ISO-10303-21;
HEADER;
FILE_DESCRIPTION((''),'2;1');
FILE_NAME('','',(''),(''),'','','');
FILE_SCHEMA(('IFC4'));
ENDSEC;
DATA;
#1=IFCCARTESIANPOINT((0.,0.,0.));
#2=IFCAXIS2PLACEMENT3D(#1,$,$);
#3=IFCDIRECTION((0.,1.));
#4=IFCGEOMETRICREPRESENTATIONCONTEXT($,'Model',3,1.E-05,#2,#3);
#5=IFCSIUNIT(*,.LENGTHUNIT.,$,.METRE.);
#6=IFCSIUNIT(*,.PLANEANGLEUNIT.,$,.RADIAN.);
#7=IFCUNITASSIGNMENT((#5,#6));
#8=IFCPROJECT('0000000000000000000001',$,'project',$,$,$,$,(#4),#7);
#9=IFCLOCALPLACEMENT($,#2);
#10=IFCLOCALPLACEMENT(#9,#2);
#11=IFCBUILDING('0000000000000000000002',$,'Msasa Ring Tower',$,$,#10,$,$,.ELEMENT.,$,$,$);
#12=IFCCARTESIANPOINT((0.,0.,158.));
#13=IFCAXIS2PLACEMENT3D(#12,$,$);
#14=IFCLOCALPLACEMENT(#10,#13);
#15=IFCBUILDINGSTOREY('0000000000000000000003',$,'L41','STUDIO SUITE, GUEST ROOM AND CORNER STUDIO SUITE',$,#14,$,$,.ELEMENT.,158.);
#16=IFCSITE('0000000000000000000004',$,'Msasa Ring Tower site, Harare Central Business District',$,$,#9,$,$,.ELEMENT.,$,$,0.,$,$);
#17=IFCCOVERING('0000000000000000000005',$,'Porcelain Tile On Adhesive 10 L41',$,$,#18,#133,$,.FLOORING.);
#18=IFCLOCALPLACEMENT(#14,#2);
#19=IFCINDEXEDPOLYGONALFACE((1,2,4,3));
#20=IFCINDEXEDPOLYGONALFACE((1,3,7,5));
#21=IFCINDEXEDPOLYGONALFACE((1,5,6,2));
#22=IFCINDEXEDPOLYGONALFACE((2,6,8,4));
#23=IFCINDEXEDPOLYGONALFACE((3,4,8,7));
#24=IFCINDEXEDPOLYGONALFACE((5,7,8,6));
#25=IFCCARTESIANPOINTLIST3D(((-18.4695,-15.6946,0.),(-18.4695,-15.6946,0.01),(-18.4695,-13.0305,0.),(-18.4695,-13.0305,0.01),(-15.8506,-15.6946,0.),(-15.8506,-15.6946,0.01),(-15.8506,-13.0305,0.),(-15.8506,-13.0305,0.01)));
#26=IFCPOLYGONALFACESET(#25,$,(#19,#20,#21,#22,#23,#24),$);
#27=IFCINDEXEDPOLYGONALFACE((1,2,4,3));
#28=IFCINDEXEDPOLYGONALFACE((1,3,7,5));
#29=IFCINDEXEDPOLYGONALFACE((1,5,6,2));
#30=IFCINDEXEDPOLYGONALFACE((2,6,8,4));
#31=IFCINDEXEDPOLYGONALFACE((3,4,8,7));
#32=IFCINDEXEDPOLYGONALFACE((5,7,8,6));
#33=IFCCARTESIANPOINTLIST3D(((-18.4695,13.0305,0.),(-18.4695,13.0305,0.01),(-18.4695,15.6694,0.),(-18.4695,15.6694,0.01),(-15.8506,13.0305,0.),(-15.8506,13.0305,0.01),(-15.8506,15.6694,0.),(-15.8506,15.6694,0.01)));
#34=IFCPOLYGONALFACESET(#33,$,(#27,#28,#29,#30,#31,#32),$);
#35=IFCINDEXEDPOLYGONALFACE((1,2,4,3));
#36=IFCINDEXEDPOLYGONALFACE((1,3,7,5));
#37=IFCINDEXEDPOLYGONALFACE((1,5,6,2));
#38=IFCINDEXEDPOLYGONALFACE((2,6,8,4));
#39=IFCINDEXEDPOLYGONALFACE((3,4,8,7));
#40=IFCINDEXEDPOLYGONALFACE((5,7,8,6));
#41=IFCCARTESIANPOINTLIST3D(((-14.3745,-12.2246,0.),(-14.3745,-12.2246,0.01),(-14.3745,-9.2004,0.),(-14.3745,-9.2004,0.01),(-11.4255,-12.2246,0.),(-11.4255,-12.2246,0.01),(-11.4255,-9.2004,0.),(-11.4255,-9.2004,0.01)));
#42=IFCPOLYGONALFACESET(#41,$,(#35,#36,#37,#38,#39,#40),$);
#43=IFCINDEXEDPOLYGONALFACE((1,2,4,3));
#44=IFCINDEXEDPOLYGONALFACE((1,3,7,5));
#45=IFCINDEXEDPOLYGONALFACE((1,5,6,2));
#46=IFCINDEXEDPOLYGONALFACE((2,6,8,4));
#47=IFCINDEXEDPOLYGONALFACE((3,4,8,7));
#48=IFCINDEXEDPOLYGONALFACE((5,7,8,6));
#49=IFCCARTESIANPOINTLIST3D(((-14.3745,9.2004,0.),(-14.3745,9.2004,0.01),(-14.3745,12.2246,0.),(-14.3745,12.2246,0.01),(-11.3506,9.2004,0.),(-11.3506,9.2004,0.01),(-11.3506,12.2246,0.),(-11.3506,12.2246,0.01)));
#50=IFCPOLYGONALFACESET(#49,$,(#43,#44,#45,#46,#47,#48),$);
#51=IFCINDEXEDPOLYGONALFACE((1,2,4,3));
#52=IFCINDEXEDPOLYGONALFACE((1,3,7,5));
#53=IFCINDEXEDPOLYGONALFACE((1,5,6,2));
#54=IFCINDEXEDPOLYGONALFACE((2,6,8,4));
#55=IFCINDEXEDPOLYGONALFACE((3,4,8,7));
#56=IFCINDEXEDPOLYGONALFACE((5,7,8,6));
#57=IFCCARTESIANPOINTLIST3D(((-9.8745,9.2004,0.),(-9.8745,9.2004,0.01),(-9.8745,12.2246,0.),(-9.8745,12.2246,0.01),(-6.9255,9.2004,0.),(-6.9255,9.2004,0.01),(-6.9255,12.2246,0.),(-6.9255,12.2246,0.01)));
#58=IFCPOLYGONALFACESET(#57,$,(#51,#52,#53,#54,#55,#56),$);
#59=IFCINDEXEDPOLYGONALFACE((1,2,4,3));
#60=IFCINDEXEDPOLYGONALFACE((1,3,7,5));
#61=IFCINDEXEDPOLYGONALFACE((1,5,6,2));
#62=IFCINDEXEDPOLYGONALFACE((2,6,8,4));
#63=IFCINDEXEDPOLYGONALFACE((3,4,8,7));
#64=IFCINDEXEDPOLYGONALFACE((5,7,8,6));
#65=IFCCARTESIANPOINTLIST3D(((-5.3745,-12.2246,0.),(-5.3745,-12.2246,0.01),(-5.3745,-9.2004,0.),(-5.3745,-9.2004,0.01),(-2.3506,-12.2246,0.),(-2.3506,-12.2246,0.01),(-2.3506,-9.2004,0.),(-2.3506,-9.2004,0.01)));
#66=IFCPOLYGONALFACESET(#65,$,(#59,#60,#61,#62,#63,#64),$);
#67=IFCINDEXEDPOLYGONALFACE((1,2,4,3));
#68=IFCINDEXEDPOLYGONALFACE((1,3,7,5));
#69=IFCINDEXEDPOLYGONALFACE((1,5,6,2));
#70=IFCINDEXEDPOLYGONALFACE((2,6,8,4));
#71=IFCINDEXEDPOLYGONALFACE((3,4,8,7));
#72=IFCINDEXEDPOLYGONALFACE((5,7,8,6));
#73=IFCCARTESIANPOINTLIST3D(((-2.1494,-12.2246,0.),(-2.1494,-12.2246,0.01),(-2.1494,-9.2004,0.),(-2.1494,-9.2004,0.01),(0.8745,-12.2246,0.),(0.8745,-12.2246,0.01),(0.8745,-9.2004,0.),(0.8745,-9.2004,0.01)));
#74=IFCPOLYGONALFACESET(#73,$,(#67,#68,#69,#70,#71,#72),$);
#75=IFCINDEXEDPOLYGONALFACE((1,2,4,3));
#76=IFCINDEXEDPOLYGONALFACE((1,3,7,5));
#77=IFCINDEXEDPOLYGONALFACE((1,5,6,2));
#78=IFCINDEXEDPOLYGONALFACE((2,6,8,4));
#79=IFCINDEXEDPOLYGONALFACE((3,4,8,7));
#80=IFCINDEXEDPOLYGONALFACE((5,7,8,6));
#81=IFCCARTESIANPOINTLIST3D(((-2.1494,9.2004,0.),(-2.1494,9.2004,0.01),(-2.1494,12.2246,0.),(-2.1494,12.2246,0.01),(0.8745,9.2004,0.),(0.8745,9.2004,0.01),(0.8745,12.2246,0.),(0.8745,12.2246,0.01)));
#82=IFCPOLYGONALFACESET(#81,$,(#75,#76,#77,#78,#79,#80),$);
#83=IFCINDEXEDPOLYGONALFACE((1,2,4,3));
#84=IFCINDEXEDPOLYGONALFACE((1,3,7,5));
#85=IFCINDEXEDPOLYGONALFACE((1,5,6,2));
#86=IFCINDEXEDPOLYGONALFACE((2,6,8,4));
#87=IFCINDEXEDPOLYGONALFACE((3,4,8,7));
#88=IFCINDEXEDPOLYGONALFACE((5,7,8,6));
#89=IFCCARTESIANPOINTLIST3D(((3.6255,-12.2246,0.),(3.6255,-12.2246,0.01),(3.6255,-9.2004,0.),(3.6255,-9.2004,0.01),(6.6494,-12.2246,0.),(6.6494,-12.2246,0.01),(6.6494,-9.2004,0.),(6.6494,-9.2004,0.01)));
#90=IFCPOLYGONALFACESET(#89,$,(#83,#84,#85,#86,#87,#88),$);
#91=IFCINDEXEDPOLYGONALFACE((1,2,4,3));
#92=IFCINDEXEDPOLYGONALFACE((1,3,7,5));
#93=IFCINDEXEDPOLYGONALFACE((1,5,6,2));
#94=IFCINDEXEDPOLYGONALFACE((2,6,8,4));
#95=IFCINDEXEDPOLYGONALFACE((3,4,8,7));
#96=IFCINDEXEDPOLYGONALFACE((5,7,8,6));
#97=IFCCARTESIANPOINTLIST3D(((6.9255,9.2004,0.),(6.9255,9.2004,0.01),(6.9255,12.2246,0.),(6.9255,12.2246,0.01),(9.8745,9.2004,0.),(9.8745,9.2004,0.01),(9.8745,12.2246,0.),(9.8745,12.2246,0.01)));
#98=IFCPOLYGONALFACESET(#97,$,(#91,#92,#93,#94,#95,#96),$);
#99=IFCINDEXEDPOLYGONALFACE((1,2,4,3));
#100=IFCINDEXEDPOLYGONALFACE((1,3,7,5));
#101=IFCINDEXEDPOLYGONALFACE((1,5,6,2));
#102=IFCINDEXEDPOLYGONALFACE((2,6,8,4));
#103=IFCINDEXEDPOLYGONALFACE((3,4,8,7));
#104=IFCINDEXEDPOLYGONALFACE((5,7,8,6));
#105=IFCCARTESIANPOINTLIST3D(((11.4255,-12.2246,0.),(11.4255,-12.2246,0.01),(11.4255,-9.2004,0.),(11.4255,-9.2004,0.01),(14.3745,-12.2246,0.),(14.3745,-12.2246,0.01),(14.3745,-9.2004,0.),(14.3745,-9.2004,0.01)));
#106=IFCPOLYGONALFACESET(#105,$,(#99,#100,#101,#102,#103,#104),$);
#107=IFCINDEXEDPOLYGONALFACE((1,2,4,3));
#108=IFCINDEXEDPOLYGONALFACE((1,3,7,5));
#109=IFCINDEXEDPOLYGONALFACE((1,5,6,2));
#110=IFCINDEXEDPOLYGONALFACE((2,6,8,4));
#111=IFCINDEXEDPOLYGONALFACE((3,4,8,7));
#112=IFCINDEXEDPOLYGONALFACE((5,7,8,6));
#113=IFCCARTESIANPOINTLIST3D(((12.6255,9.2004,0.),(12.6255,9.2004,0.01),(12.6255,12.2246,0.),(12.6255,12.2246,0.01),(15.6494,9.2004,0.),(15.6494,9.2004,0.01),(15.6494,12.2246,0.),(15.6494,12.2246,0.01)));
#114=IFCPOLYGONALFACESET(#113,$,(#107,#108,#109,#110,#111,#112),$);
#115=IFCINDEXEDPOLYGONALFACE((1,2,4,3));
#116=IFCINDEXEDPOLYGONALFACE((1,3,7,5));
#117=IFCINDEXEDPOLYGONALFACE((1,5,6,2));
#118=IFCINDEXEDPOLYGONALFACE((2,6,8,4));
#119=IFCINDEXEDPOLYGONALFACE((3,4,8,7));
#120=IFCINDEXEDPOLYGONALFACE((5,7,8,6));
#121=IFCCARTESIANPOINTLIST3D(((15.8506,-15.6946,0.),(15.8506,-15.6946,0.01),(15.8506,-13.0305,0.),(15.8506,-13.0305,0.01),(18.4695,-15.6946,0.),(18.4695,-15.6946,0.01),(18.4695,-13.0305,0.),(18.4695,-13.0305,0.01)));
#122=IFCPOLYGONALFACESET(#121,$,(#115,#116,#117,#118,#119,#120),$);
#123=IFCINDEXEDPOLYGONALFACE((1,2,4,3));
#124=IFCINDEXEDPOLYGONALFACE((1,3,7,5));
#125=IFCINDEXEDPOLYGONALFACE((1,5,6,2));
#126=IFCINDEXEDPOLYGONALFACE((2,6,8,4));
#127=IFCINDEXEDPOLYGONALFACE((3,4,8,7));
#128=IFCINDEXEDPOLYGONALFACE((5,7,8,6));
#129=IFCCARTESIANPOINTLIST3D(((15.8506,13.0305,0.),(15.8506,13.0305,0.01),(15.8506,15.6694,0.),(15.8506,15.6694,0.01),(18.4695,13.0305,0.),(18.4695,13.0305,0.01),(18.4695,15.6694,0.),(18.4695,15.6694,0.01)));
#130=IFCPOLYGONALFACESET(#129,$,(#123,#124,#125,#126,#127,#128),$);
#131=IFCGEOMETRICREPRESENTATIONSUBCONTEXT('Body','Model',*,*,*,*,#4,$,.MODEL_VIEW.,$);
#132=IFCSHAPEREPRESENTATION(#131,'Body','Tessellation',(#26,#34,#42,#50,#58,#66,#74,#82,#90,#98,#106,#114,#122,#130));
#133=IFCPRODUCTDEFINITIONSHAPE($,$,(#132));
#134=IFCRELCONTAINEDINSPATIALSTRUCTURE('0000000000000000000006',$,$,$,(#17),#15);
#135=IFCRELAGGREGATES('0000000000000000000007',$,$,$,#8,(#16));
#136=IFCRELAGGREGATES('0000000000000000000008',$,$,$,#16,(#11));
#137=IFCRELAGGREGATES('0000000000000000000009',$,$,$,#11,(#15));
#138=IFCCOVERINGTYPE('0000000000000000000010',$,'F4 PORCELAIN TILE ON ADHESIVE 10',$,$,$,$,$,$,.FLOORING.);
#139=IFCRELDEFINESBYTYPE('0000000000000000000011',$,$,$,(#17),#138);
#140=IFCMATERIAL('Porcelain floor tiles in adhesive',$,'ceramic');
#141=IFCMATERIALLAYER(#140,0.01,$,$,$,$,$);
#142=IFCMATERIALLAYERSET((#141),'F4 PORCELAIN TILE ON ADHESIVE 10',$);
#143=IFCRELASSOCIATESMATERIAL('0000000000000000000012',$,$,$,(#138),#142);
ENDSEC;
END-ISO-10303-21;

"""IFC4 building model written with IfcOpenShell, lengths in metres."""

from ifc_helpers import new_model, si_unit, direction, frame, origin, place, context, subcontext, project, spatial, line, indexed_curve, outline, extrude, material, layer, layer_set, type_object, element, save


model = new_model("IFC4")

# Units and contexts
model_context = context("Model", 3, precision=1e-05, world=origin(), true_north=direction((0.0, 1.0)))
body_context = subcontext(model_context, "Body", "Model", "MODEL_VIEW")
ifc_project = project(units=[si_unit("LENGTHUNIT", "METRE"), si_unit("PLANEANGLEUNIT", "RADIAN")], contexts=[model_context])

# Site, building, storey
site_placement = place(None, origin())
site = spatial("IfcSite", under=ifc_project, at=site_placement, Name="Msasa Ring Tower site, Harare Central Business District", CompositionType="ELEMENT", RefElevation=0.0)
building_placement = place(site_placement, origin())
building = spatial("IfcBuilding", under=site, at=building_placement, Name="Msasa Ring Tower", CompositionType="ELEMENT")
storey_placement = place(building_placement, frame((0.0, 0.0, 158.0)))
storey = spatial("IfcBuildingStorey", under=building, at=storey_placement, Name="L41", Description="STUDIO SUITE, GUEST ROOM AND CORNER STUDIO SUITE", CompositionType="ELEMENT", Elevation=158.0)

# Covering
ifc_material_1 = material(Name="Porcelain floor tiles in adhesive", Category="ceramic")
ifc_layer_1 = layer(ifc_material_1, 0.01)
ifc_layer_set_1 = layer_set([ifc_layer_1], Name="F4 PORCELAIN TILE ON ADHESIVE 10")
covering_type_1 = type_object("IfcCoveringType", Name="F4 PORCELAIN TILE ON ADHESIVE 10", PredefinedType="FLOORING", material=ifc_layer_set_1)
covering_1_placement = place(storey_placement, origin())
element("IfcCovering", 1, at=covering_1_placement, inside=storey, type_object=covering_type_1, Name="Porcelain Tile On Adhesive 10 L41", PredefinedType="FLOORING", context=body_context, shape_type="SweptSolid", body=[
    extrude(outline(indexed_curve([(-18.4695, -13.0305), (-15.8506, -13.0305), (-15.8506, -15.6946), (-18.4695, -15.6946)], segments=[line(1, 2, 3, 4, 1)], self_intersect=False)), origin(), (0.0, 0.0, 1.0), 0.01),
    extrude(outline(indexed_curve([(-15.8506, 15.6694), (-15.8506, 13.0305), (-18.4695, 13.0305), (-18.4695, 15.6694)], segments=[line(1, 2, 3, 4, 1)], self_intersect=False)), origin(), (0.0, 0.0, 1.0), 0.01),
    extrude(outline(indexed_curve([(-11.4255, -9.2004), (-11.4255, -12.2246), (-14.3745, -12.2246), (-14.3745, -9.2004)], segments=[line(1, 2, 3, 4, 1)], self_intersect=False)), origin(), (0.0, 0.0, 1.0), 0.01),
    extrude(outline(indexed_curve([(-11.3506, 9.2004), (-14.3745, 9.2004), (-14.3745, 12.2246), (-11.3506, 12.2246)], segments=[line(1, 2, 3, 4, 1)], self_intersect=False)), origin(), (0.0, 0.0, 1.0), 0.01),
    extrude(outline(indexed_curve([(-9.8745, 9.2004), (-9.8745, 12.2246), (-6.9255, 12.2246), (-6.9255, 9.2004)], segments=[line(1, 2, 3, 4, 1)], self_intersect=False)), origin(), (0.0, 0.0, 1.0), 0.01),
    extrude(outline(indexed_curve([(-2.3506, -9.2004), (-2.3506, -12.2246), (-5.3745, -12.2246), (-5.3745, -9.2004)], segments=[line(1, 2, 3, 4, 1)], self_intersect=False)), origin(), (0.0, 0.0, 1.0), 0.01),
    extrude(outline(indexed_curve([(0.8745, -9.2004), (0.8745, -12.2246), (-2.1494, -12.2246), (-2.1494, -9.2004)], segments=[line(1, 2, 3, 4, 1)], self_intersect=False)), origin(), (0.0, 0.0, 1.0), 0.01),
    extrude(outline(indexed_curve([(-2.1494, 9.2004), (-2.1494, 12.2246), (0.8745, 12.2246), (0.8745, 9.2004)], segments=[line(1, 2, 3, 4, 1)], self_intersect=False)), origin(), (0.0, 0.0, 1.0), 0.01),
    extrude(outline(indexed_curve([(6.6494, -9.2004), (6.6494, -12.2246), (3.6255, -12.2246), (3.6255, -9.2004)], segments=[line(1, 2, 3, 4, 1)], self_intersect=False)), origin(), (0.0, 0.0, 1.0), 0.01),
    extrude(outline(indexed_curve([(6.9255, 9.2004), (6.9255, 12.2246), (9.8745, 12.2246), (9.8745, 9.2004)], segments=[line(1, 2, 3, 4, 1)], self_intersect=False)), origin(), (0.0, 0.0, 1.0), 0.01),
    extrude(outline(indexed_curve([(14.3745, -9.2004), (14.3745, -12.2246), (11.4255, -12.2246), (11.4255, -9.2004)], segments=[line(1, 2, 3, 4, 1)], self_intersect=False)), origin(), (0.0, 0.0, 1.0), 0.01),
    extrude(outline(indexed_curve([(15.6494, 9.2004), (12.6255, 9.2004), (12.6255, 12.2246), (15.6494, 12.2246)], segments=[line(1, 2, 3, 4, 1)], self_intersect=False)), origin(), (0.0, 0.0, 1.0), 0.01),
    extrude(outline(indexed_curve([(15.8506, -13.0305), (18.4695, -13.0305), (18.4695, -15.6946), (15.8506, -15.6946)], segments=[line(1, 2, 3, 4, 1)], self_intersect=False)), origin(), (0.0, 0.0, 1.0), 0.01),
    extrude(outline(indexed_curve([(18.4695, 15.6694), (18.4695, 13.0305), (15.8506, 13.0305), (15.8506, 15.6694)], segments=[line(1, 2, 3, 4, 1)], self_intersect=False)), origin(), (0.0, 0.0, 1.0), 0.01),
])

save(model, "model.ifc")
